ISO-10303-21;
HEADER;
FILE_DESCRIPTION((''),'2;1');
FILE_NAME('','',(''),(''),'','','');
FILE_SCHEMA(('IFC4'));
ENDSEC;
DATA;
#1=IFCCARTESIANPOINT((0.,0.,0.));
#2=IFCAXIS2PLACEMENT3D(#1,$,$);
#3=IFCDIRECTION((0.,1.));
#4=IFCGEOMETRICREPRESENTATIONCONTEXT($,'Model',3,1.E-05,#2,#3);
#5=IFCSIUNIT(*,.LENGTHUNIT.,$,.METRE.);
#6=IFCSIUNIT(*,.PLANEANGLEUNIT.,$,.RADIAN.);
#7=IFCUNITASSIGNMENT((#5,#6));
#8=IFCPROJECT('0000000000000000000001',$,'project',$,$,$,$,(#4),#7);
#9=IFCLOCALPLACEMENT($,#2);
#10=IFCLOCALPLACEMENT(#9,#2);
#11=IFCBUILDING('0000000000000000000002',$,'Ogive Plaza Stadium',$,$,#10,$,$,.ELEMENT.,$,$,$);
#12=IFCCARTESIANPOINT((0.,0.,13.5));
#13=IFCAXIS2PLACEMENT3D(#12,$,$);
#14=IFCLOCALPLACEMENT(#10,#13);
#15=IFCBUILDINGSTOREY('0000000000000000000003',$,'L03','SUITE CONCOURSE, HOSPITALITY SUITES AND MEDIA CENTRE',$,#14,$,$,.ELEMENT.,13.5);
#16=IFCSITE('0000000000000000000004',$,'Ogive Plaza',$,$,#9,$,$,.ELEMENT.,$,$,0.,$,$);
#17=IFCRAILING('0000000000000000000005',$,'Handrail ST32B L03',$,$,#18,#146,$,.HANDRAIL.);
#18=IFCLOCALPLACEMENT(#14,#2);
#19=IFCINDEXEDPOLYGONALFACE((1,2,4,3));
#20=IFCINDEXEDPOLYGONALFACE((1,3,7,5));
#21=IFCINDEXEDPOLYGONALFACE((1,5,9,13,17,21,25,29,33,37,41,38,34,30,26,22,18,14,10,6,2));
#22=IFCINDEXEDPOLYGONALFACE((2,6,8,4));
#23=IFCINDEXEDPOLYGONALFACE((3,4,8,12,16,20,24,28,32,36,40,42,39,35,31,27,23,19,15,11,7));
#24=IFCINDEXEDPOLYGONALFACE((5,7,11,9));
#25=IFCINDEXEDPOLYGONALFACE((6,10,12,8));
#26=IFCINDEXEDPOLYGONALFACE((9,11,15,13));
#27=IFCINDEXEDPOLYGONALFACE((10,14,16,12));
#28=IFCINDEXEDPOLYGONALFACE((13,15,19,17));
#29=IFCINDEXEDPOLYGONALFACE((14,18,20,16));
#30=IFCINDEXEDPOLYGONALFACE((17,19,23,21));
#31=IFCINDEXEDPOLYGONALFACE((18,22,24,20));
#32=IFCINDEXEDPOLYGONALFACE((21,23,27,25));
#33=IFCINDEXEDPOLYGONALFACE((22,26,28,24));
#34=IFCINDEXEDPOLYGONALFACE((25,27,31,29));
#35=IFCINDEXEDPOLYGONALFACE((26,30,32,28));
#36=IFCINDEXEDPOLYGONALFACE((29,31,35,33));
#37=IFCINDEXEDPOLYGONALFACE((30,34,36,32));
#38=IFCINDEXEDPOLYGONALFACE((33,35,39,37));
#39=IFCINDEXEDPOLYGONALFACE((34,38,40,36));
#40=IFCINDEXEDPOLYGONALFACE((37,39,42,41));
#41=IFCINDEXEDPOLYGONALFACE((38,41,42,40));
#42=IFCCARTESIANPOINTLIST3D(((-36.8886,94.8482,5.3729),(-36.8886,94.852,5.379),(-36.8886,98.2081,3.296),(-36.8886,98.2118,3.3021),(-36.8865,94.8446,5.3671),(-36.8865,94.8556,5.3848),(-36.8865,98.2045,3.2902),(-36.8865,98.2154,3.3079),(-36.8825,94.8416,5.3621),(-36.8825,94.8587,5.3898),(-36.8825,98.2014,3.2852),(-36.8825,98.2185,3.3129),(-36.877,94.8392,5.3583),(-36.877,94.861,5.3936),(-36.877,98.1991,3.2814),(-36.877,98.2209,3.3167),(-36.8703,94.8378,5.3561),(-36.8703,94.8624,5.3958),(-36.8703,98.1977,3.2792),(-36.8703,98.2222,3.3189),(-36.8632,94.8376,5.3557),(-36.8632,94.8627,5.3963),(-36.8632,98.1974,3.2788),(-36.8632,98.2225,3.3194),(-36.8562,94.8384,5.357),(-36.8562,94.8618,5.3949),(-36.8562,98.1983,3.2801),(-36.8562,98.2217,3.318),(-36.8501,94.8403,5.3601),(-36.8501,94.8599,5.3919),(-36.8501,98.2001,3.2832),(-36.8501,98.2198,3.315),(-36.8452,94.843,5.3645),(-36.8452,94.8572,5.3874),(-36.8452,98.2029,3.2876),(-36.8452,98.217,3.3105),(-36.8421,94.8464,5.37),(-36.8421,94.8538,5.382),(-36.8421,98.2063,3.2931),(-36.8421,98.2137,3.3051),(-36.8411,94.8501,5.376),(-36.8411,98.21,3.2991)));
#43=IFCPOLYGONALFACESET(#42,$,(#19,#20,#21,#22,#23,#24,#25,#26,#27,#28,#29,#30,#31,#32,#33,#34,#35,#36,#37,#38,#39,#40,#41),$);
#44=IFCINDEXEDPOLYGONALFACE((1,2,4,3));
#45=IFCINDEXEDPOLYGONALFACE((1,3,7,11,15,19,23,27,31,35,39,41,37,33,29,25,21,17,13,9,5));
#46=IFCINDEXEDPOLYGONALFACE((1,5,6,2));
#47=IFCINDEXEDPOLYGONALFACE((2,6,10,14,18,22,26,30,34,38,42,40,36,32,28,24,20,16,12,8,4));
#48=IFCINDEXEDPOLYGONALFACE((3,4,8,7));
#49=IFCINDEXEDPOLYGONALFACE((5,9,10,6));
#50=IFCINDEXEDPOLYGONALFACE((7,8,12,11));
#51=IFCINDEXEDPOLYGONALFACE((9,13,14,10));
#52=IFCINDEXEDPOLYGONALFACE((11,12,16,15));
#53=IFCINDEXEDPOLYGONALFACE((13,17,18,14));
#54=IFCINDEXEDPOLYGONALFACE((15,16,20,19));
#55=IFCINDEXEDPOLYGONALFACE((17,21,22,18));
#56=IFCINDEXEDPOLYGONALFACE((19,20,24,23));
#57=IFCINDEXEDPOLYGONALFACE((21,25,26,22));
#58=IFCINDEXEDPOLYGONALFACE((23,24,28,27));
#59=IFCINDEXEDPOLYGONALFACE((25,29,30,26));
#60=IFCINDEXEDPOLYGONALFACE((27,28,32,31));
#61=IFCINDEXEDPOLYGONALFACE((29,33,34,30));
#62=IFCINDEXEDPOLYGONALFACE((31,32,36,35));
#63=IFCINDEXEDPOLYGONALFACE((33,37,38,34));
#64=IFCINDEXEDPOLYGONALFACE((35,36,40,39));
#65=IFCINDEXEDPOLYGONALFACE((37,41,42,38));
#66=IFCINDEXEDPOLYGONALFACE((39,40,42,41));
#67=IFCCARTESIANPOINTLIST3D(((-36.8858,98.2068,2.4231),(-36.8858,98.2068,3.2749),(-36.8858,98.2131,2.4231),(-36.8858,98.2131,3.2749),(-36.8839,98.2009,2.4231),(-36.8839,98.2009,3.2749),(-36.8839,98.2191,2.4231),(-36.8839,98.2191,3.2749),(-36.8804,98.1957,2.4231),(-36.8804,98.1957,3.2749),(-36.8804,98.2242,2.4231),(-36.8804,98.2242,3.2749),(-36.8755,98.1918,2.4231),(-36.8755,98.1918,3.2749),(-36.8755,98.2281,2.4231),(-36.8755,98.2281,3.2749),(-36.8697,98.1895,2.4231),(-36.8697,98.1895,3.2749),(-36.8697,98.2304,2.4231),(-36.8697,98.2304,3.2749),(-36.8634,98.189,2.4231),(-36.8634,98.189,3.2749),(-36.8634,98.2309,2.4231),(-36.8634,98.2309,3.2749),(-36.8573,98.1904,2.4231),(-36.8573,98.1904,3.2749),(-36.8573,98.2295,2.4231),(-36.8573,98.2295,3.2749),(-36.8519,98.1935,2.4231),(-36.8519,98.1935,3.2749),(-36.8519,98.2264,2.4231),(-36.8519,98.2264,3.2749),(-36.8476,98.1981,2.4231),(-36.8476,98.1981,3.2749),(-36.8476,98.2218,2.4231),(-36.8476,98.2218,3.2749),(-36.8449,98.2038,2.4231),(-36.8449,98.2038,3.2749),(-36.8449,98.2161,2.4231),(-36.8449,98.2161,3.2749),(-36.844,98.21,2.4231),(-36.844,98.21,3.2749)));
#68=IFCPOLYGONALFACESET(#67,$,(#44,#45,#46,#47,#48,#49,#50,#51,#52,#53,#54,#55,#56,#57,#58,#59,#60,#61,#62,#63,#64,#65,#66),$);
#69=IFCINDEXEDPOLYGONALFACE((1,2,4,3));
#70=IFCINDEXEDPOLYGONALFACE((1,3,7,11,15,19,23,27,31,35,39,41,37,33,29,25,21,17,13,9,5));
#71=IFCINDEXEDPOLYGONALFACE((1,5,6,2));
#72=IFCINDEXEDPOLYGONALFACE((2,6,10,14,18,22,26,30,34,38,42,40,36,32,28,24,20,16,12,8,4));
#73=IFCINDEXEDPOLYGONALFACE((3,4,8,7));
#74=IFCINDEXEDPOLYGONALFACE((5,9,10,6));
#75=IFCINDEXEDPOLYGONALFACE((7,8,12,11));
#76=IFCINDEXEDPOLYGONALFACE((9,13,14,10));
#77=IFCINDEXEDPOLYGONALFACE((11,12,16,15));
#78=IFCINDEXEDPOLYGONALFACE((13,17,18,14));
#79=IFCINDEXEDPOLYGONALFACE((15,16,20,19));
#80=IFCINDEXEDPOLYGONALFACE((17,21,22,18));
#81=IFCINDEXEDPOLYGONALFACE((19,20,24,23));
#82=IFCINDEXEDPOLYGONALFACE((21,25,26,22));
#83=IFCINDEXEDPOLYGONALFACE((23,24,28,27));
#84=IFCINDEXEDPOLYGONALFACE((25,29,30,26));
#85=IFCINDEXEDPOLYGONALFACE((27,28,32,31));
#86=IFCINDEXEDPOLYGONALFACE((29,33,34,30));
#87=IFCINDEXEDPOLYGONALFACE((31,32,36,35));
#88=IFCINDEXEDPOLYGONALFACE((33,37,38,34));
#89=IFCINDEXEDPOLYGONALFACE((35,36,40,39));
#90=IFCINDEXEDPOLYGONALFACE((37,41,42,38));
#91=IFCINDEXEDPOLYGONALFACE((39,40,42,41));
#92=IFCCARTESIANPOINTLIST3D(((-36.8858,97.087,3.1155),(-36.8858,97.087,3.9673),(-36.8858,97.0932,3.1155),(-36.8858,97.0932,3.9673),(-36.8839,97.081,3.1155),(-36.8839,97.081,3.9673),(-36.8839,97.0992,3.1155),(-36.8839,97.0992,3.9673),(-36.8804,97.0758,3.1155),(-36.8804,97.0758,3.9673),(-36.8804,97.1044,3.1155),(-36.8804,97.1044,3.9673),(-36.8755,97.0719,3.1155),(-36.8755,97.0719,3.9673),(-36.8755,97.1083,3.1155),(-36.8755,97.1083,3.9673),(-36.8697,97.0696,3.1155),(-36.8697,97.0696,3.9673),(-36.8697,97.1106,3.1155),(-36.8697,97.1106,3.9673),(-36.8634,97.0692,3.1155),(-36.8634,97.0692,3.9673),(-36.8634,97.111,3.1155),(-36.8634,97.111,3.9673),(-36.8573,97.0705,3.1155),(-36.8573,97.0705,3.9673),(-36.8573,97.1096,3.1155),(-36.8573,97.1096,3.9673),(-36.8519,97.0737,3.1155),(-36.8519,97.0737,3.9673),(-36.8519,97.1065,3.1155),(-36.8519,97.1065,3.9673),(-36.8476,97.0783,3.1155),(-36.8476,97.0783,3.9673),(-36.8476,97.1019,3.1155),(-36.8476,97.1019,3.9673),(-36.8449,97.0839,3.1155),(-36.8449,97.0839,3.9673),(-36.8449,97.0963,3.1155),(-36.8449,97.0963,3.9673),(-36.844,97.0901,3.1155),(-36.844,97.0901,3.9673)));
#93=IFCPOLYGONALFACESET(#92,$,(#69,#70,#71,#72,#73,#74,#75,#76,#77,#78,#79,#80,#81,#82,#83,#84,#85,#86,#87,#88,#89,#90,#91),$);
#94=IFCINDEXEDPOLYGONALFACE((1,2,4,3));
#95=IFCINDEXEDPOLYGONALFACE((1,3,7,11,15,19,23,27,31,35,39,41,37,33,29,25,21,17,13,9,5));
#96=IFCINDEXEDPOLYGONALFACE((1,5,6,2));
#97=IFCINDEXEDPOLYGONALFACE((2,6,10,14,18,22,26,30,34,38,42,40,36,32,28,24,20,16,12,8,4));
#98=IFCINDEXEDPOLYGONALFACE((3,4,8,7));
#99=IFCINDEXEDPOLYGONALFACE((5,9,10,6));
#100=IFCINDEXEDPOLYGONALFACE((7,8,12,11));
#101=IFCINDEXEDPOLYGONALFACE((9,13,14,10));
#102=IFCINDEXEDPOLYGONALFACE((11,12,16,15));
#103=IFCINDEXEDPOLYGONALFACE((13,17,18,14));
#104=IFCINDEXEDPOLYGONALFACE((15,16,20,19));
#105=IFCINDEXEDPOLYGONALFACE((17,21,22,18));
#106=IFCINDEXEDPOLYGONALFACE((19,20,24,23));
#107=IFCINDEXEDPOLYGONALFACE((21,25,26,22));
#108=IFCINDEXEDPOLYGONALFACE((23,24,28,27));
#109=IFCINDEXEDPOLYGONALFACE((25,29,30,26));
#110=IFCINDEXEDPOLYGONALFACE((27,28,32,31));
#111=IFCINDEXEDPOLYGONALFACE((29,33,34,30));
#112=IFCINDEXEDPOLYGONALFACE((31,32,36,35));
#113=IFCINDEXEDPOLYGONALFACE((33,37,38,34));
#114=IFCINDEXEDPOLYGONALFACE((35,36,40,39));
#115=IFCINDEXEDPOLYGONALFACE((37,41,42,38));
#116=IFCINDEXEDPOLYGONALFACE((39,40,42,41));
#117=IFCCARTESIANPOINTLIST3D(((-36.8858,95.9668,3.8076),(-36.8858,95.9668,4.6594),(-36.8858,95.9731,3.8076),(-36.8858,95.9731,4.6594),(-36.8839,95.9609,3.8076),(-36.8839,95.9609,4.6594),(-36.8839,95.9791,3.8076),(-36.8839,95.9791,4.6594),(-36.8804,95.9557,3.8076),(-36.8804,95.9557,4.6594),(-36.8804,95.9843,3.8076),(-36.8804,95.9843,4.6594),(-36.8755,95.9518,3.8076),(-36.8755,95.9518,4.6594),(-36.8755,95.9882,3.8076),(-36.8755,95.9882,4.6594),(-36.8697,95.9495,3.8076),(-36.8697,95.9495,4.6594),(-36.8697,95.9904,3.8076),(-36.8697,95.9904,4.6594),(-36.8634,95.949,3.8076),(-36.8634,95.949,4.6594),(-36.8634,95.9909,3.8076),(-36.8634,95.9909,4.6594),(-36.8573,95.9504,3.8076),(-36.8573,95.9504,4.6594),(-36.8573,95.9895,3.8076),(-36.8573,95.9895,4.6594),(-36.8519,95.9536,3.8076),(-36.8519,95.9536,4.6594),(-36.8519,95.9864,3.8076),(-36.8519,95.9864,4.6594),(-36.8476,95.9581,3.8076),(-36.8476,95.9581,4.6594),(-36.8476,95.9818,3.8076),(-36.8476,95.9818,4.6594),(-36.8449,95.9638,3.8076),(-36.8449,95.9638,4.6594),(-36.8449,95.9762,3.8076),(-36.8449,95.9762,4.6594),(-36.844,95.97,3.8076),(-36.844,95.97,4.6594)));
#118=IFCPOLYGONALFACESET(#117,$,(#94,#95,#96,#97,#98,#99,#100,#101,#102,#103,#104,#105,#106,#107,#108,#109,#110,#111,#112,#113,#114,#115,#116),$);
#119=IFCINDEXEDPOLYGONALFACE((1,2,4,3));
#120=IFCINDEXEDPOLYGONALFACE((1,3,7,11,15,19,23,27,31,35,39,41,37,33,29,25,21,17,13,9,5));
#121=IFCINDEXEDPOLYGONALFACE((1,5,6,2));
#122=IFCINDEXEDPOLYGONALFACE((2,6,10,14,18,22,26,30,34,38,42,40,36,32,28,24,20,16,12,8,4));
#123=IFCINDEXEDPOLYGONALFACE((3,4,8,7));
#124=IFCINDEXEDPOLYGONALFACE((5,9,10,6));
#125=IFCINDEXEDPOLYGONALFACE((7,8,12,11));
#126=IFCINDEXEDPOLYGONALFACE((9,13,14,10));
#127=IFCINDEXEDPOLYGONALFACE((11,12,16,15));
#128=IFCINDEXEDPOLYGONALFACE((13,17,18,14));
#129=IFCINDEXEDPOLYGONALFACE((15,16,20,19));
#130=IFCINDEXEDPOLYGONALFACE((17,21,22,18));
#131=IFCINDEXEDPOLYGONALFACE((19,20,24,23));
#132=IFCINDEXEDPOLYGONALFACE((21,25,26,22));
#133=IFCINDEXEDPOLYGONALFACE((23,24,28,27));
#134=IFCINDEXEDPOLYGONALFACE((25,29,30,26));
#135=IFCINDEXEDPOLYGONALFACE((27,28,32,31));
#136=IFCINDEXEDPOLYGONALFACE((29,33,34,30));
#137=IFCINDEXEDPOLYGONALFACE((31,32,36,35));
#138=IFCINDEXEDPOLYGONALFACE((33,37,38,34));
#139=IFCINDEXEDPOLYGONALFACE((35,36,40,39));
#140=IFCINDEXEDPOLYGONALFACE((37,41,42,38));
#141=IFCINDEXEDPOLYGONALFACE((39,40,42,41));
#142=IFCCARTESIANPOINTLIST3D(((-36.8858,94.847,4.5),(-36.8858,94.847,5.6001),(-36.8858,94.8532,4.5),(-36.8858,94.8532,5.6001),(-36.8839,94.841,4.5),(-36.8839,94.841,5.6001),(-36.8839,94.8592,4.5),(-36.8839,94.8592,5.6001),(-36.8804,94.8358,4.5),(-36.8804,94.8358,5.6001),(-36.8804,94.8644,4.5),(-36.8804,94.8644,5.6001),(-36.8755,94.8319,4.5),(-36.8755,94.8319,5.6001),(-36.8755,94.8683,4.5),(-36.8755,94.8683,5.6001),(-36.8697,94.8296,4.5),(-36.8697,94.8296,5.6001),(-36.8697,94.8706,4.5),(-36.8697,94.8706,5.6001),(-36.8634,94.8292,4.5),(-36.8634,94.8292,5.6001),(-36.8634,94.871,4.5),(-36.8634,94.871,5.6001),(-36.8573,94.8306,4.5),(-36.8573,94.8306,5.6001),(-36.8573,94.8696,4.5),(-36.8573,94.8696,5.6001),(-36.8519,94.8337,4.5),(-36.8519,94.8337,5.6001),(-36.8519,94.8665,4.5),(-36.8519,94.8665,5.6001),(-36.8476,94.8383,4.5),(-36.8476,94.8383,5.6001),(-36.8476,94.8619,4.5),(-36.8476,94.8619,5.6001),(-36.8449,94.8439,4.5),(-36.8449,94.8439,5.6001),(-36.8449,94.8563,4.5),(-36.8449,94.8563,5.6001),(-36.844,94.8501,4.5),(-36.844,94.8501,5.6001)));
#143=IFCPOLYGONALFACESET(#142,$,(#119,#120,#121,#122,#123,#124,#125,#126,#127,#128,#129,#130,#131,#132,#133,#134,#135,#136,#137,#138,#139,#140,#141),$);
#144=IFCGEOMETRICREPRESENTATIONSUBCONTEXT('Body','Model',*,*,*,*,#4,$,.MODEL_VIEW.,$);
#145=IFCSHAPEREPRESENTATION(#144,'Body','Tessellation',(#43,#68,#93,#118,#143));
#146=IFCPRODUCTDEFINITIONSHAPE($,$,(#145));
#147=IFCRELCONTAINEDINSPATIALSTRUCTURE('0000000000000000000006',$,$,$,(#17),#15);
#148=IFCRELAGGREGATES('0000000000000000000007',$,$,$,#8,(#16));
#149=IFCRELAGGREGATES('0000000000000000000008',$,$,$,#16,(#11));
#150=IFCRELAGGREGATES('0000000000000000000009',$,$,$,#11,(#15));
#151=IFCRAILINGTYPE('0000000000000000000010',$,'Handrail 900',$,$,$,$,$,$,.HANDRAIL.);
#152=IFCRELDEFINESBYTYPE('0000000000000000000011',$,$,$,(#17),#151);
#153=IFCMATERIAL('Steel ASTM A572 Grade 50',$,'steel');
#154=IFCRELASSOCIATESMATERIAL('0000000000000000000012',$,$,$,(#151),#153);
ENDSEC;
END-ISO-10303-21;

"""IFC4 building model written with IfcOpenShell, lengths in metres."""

from ifc_helpers import new_model, si_unit, direction, frame, origin, origin_2d, place, context, subcontext, project, spatial, circle, extrude, material, type_object, element, save


model = new_model("IFC4")

# Units and contexts
model_context = context("Model", 3, precision=1e-05, world=origin(), true_north=direction((0.0, 1.0)))
body_context = subcontext(model_context, "Body", "Model", "MODEL_VIEW")
ifc_project = project(units=[si_unit("LENGTHUNIT", "METRE"), si_unit("PLANEANGLEUNIT", "RADIAN")], contexts=[model_context])

# Site, building, storey
site_placement = place(None, origin())
site = spatial("IfcSite", under=ifc_project, at=site_placement, Name="Ogive Plaza", CompositionType="ELEMENT", RefElevation=0.0)
building_placement = place(site_placement, origin())
building = spatial("IfcBuilding", under=site, at=building_placement, Name="Ogive Plaza Stadium", CompositionType="ELEMENT")
storey_placement = place(building_placement, frame((0.0, 0.0, 13.5)))
storey = spatial("IfcBuildingStorey", under=building, at=storey_placement, Name="L03", Description="SUITE CONCOURSE, HOSPITALITY SUITES AND MEDIA CENTRE", CompositionType="ELEMENT", Elevation=13.5)

# Railing
ifc_material_1 = material(Name="Steel ASTM A572 Grade 50", Category="steel")
railing_type_1 = type_object("IfcRailingType", Name="Handrail 900", PredefinedType="HANDRAIL", material=ifc_material_1)
for number, where, name in (
    (1, (-36.865, 98.21, 2.4231), "Handrail ST32B L03"),
):
    element("IfcRailing", number, at=place(storey_placement, frame(where)), inside=storey, type_object=railing_type_1, Name=name, PredefinedType="HANDRAIL", context=body_context, shape_type="SweptSolid", body=[
        extrude(circle(Radius=0.0239, at=origin_2d()), frame((0.0, 0.0, 0.876), z_axis=(0.0, -0.850606, 0.525803), x_axis=(1.0, 0.0, 0.0)), (0.0, 0.0, 1.0), 3.95),
        extrude(circle(Radius=0.021, at=origin_2d()), origin(), (0.0, 0.0, 1.0), 0.8518),
        extrude(circle(Radius=0.021, at=origin_2d()), frame((0.0, -1.1199, 0.6924)), (0.0, 0.0, 1.0), 0.8518),
        extrude(circle(Radius=0.021, at=origin_2d()), frame((0.0, -2.24, 1.3845)), (0.0, 0.0, 1.0), 0.8518),
        extrude(circle(Radius=0.021, at=origin_2d()), frame((0.0, -3.3599, 2.0769)), (0.0, 0.0, 1.0), 1.1001),
    ])

save(model, "model.ifc")
